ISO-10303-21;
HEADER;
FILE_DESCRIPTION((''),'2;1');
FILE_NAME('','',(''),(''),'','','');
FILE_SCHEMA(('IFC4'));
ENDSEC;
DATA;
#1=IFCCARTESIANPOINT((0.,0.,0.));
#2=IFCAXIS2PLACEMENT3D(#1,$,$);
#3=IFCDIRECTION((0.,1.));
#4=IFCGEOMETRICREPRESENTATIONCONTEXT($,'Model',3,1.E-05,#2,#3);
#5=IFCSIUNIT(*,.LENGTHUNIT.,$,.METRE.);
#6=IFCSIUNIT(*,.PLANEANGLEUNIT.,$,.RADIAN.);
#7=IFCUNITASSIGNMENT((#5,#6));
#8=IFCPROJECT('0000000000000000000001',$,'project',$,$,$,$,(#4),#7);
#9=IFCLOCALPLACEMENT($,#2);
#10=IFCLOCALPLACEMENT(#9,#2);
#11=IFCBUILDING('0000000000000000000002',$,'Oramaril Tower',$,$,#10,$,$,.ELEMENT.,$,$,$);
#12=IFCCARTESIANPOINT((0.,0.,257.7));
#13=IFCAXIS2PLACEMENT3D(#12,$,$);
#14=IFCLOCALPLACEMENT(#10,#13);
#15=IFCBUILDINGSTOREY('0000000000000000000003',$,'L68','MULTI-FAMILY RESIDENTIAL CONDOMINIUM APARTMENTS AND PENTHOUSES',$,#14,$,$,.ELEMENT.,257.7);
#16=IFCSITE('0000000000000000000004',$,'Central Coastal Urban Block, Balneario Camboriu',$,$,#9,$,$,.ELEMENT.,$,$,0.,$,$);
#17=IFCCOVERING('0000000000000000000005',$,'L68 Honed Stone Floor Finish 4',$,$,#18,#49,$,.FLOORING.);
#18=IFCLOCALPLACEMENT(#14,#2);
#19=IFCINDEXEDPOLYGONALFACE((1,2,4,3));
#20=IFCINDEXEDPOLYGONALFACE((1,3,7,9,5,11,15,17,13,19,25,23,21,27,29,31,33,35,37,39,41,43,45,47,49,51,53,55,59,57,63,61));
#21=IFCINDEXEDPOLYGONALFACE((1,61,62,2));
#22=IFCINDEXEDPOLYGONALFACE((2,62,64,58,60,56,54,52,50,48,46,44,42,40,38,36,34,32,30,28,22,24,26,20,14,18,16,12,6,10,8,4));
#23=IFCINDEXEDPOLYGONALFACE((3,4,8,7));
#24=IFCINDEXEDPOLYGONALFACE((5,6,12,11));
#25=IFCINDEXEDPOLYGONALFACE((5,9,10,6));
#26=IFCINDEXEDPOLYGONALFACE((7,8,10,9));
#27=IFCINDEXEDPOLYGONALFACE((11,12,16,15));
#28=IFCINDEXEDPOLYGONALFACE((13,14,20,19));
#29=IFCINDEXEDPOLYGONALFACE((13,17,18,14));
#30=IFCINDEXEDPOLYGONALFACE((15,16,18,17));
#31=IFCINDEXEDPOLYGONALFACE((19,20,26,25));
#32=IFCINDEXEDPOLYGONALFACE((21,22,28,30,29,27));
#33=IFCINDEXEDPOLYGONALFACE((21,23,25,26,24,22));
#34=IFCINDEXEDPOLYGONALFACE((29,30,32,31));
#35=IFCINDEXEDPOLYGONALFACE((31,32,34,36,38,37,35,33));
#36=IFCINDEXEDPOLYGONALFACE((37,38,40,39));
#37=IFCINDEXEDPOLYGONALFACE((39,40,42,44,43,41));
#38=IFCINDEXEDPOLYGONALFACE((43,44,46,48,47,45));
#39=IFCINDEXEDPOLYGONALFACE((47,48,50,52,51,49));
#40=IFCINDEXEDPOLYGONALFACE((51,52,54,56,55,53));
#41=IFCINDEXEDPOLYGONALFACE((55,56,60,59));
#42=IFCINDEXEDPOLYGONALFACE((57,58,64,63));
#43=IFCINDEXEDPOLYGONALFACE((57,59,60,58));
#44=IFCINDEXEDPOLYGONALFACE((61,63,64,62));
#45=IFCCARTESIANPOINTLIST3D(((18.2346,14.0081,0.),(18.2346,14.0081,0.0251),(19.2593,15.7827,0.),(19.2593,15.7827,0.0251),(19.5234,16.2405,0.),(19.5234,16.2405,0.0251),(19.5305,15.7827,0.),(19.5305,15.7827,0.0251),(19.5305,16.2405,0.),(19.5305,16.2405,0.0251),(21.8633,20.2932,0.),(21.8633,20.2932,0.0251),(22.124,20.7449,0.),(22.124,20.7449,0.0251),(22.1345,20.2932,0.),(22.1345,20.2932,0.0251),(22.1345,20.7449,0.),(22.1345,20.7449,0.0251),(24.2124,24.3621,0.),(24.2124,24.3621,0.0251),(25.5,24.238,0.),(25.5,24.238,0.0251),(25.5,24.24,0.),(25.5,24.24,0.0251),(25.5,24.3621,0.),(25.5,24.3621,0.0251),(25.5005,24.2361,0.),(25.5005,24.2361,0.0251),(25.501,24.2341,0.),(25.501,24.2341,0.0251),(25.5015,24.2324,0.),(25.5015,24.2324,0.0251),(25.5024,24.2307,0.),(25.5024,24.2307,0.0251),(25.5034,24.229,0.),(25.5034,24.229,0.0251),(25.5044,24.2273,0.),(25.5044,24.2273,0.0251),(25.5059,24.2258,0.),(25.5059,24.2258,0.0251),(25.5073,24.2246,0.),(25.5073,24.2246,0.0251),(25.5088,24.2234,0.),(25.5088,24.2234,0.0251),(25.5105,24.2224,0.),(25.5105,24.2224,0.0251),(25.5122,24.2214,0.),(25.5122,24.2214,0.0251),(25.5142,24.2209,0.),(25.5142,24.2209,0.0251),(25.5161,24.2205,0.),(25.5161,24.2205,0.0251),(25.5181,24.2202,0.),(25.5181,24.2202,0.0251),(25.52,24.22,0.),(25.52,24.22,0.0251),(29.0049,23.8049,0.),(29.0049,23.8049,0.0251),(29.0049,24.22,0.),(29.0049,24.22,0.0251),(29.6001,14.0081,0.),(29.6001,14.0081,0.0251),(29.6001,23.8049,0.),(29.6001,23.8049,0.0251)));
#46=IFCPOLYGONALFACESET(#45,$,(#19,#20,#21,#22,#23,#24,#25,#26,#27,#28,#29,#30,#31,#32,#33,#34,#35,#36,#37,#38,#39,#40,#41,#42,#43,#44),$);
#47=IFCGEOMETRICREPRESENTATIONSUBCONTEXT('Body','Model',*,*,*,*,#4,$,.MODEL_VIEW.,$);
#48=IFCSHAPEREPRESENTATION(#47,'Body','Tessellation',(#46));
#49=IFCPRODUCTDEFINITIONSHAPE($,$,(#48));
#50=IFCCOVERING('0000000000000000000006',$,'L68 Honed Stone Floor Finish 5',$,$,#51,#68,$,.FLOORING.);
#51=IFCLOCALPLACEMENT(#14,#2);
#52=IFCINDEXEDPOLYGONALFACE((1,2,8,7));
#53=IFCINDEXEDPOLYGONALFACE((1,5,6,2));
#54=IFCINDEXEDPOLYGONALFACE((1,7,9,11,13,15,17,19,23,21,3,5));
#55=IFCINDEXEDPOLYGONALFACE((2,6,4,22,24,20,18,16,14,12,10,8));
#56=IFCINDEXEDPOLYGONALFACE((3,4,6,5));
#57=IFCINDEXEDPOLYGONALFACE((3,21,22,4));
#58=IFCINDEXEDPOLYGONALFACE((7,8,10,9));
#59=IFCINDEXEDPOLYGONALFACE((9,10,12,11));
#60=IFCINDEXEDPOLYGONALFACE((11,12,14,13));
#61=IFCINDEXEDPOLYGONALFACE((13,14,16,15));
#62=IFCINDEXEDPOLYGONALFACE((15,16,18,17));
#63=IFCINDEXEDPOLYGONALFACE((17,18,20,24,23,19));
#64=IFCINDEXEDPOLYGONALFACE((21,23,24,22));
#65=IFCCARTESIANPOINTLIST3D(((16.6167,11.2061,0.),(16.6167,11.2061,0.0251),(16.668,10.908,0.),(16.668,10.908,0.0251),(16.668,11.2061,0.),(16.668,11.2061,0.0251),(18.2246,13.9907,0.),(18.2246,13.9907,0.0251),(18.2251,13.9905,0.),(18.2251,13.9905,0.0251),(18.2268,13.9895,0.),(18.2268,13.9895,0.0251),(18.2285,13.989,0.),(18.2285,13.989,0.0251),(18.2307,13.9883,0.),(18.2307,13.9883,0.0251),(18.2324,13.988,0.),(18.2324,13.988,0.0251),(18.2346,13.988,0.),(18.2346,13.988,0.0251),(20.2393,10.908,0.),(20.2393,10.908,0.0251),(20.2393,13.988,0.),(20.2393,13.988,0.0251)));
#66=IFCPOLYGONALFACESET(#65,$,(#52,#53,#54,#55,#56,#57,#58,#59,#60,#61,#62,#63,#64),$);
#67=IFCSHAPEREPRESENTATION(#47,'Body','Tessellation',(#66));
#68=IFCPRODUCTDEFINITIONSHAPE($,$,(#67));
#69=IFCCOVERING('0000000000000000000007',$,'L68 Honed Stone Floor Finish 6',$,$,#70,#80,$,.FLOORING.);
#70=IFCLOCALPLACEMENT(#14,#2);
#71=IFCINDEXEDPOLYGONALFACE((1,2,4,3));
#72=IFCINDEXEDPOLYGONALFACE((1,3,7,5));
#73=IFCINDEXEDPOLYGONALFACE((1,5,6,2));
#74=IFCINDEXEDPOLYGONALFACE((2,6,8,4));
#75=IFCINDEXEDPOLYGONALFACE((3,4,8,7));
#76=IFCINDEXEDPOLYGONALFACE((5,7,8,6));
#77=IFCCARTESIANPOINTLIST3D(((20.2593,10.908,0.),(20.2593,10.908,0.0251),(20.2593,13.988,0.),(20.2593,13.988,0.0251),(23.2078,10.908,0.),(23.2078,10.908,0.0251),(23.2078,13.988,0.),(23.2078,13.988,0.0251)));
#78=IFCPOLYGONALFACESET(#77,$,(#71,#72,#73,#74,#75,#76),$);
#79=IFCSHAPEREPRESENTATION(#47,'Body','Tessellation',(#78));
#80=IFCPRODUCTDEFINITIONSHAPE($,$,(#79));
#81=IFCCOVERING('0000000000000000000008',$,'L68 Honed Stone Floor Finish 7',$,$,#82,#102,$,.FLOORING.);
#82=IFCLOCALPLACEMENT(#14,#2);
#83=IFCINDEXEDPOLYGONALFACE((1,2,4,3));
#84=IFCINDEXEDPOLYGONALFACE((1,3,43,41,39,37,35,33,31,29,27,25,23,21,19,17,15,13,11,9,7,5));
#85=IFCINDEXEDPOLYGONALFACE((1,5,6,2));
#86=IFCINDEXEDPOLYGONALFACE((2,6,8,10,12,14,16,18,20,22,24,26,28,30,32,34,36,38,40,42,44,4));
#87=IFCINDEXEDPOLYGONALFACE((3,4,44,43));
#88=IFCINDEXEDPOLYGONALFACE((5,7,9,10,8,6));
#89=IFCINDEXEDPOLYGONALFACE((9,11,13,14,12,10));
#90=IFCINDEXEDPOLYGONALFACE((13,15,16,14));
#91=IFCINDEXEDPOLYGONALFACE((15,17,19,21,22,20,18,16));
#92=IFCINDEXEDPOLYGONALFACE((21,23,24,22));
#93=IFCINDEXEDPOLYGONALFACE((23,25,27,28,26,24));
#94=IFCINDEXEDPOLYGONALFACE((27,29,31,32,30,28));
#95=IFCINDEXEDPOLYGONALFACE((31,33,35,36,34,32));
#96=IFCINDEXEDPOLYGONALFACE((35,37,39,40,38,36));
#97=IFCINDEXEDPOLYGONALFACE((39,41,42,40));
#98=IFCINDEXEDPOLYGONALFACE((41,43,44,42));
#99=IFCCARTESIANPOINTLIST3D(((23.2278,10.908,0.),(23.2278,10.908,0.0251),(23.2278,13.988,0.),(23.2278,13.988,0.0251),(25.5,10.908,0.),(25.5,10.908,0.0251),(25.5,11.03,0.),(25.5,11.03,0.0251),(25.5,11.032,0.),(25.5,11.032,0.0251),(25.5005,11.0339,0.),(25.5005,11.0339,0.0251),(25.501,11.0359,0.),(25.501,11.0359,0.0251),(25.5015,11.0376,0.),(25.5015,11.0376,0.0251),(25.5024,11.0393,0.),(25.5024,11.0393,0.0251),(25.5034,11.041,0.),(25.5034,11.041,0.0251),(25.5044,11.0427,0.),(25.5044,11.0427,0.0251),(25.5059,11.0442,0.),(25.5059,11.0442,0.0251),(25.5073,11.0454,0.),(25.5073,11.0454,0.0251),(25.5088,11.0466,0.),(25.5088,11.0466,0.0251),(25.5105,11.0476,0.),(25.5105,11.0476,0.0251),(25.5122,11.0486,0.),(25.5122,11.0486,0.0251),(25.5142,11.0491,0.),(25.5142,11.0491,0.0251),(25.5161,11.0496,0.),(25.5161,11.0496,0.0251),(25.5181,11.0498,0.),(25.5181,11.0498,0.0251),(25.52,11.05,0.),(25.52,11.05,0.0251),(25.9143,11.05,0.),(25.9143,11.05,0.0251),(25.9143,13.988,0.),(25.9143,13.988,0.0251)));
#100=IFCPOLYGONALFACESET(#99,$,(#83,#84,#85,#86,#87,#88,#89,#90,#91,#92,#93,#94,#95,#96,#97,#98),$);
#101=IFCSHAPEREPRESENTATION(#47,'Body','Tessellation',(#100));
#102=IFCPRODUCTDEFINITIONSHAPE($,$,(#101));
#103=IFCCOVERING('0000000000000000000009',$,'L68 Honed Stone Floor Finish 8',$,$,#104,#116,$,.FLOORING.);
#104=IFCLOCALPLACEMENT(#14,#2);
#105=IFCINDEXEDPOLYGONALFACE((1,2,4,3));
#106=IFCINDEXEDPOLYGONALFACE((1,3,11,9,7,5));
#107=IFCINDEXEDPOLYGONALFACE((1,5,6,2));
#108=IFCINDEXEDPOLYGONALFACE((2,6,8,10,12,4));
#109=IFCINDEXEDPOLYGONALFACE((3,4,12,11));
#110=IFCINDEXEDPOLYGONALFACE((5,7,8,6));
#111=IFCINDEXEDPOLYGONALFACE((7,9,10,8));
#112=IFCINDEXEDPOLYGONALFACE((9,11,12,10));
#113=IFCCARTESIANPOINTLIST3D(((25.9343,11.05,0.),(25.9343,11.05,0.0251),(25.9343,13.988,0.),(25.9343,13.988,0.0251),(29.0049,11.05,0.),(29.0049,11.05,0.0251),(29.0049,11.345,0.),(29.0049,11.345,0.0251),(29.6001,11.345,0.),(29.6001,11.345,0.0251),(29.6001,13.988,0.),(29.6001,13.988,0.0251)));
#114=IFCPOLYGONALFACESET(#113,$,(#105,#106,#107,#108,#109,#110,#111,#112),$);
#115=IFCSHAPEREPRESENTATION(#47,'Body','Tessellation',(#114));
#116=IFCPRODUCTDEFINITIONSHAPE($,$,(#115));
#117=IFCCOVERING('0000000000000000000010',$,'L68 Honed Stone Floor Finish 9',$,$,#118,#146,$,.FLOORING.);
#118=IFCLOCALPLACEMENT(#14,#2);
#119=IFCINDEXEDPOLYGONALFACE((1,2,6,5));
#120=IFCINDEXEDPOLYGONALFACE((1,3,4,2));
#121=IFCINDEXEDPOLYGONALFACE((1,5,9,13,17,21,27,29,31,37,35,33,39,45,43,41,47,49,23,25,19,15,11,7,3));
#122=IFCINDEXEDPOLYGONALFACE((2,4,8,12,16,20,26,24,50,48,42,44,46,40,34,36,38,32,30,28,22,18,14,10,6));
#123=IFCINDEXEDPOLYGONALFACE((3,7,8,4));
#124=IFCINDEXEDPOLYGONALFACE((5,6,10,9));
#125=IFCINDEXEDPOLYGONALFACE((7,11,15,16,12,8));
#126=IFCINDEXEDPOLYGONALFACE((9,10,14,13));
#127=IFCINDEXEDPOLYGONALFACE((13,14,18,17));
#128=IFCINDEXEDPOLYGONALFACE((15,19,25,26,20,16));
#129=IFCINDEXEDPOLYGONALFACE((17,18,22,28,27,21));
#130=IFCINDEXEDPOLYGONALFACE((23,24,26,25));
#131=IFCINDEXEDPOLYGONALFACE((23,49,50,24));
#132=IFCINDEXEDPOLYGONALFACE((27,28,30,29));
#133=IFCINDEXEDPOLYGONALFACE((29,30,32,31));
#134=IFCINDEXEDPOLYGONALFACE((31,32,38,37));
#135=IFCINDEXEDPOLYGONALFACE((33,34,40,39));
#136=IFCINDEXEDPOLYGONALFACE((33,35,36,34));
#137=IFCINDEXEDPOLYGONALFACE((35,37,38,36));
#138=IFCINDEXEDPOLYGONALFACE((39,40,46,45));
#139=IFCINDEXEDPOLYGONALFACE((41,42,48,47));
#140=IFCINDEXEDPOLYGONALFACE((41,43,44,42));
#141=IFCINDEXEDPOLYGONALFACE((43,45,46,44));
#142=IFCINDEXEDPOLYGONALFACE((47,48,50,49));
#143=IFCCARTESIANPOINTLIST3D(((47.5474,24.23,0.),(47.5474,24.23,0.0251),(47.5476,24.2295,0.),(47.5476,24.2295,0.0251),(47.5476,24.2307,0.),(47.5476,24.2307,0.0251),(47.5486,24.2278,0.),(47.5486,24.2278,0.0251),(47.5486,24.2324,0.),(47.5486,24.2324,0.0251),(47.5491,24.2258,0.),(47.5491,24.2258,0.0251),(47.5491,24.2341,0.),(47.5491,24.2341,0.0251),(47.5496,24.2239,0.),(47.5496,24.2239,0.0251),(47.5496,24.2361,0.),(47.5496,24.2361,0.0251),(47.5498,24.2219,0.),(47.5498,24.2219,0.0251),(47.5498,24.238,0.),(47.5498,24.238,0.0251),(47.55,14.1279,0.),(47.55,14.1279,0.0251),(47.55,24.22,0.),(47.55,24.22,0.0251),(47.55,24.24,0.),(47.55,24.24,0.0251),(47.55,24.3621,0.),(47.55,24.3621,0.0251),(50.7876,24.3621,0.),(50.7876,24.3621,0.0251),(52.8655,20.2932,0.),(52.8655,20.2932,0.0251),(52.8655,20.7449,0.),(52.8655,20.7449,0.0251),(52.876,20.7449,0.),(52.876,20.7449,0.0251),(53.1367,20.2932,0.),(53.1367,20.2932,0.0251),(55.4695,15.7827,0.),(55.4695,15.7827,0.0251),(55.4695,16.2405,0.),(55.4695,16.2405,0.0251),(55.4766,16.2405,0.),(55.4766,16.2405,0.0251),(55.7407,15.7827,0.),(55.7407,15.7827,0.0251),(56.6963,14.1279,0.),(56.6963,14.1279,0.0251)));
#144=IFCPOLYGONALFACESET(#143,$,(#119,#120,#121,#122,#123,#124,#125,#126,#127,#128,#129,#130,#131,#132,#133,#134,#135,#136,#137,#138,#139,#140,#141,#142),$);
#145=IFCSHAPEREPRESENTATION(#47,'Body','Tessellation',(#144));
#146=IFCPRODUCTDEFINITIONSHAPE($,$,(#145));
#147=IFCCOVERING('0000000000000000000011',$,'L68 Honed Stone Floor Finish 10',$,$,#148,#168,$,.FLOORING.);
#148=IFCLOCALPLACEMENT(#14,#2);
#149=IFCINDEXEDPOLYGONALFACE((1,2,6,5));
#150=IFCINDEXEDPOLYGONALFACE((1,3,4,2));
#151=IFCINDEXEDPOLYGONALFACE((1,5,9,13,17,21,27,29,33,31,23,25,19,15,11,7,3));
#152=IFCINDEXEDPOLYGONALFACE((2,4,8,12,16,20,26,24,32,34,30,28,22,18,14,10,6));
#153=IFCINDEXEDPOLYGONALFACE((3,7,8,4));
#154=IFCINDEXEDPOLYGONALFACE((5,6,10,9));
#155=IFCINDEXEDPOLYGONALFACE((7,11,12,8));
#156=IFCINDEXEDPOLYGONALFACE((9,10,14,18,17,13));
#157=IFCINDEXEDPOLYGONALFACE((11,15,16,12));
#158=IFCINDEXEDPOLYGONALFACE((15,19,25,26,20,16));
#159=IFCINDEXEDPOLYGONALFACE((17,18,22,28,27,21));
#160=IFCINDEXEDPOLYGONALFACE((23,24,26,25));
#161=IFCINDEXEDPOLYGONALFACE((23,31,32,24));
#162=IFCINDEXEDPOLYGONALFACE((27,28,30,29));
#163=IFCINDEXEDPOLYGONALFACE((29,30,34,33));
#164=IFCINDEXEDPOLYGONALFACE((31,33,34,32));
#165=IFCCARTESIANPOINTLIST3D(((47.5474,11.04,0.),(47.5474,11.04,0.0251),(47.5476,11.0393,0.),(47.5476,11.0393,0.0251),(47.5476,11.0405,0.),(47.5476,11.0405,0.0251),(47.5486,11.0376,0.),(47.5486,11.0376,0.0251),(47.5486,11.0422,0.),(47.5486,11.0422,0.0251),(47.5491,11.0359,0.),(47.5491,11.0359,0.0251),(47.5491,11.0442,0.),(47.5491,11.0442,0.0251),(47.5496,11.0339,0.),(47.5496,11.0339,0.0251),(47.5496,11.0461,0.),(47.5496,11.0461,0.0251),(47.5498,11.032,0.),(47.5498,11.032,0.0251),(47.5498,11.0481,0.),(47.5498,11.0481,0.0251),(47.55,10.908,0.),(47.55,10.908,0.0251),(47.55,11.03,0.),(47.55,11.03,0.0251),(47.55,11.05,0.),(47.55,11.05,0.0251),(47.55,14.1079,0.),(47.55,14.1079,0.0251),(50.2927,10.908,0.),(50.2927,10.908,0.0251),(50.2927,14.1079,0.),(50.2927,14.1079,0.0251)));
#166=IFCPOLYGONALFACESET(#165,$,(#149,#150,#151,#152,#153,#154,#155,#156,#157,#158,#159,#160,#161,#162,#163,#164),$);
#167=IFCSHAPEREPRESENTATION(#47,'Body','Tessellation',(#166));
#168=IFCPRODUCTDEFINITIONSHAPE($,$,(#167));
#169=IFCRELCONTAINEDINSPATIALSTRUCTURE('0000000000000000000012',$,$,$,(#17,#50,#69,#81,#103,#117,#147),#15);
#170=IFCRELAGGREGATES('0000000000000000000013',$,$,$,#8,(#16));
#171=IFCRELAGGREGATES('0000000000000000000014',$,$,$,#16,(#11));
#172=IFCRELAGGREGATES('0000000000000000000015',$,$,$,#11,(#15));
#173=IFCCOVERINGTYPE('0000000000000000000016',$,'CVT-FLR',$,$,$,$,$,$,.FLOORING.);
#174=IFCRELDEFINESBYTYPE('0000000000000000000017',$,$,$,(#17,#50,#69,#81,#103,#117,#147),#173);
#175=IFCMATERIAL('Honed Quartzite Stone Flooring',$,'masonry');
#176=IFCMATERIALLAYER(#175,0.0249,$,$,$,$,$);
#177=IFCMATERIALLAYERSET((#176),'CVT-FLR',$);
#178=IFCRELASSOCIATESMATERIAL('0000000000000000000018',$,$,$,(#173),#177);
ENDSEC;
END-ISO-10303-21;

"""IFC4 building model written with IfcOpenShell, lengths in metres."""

from ifc_helpers import new_model, si_unit, direction, frame, origin, place, context, subcontext, project, spatial, polyline, outline, extrude, material, layer, layer_set, type_object, element, save


model = new_model("IFC4")

# Units and contexts
model_context = context("Model", 3, precision=1e-05, world=origin(), true_north=direction((0.0, 1.0)))
body_context = subcontext(model_context, "Body", "Model", "MODEL_VIEW")
ifc_project = project(units=[si_unit("LENGTHUNIT", "METRE"), si_unit("PLANEANGLEUNIT", "RADIAN")], contexts=[model_context])

# Site, building, storey
site_placement = place(None, origin())
site = spatial("IfcSite", under=ifc_project, at=site_placement, Name="Central Coastal Urban Block, Balneario Camboriu", CompositionType="ELEMENT", RefElevation=0.0)
building_placement = place(site_placement, origin())
building = spatial("IfcBuilding", under=site, at=building_placement, Name="Oramaril Tower", CompositionType="ELEMENT")
storey_placement = place(building_placement, frame((0.0, 0.0, 257.7)))
storey = spatial("IfcBuildingStorey", under=building, at=storey_placement, Name="L68", Description="MULTI-FAMILY RESIDENTIAL CONDOMINIUM APARTMENTS AND PENTHOUSES", CompositionType="ELEMENT", Elevation=257.7)

# Coverings
ifc_material_1 = material(Name="Honed Quartzite Stone Flooring", Category="masonry")
ifc_layer_1 = layer(ifc_material_1, 0.0249)
ifc_layer_set_1 = layer_set([ifc_layer_1], Name="CVT-FLR")
covering_type_1 = type_object("IfcCoveringType", Name="CVT-FLR", PredefinedType="FLOORING", material=ifc_layer_set_1)
covering_1_placement = place(storey_placement, origin())
element("IfcCovering", 1, at=covering_1_placement, inside=storey, type_object=covering_type_1, Name="L68 Honed Stone Floor Finish 4", PredefinedType="FLOORING", context=body_context, shape_type="SweptSolid", body=[
    extrude(outline(polyline([(19.2593, 15.7827), (19.5305, 15.7827), (19.5305, 16.2405), (19.5234, 16.2405), (21.8633, 20.2932), (22.1345, 20.2932), (22.1345, 20.7449), (22.124, 20.7449), (24.2124, 24.3621), (25.5, 24.3621), (25.5, 24.24), (25.5, 24.238), (25.5005, 24.2361), (25.501, 24.2341), (25.5015, 24.2324), (25.5024, 24.2307), (25.5034, 24.229), (25.5044, 24.2273), (25.5059, 24.2258), (25.5073, 24.2246), (25.5088, 24.2234), (25.5105, 24.2224), (25.5122, 24.2214), (25.5142, 24.2209), (25.5161, 24.2205), (25.5181, 24.2202), (25.52, 24.22), (29.0049, 24.22), (29.0049, 23.8049), (29.6001, 23.8049), (29.6001, 14.0081), (18.2346, 14.0081), (19.2593, 15.7827)])), origin(), (0.0, 0.0, 1.0), 0.0251),
])
covering_2_placement = place(storey_placement, origin())
element("IfcCovering", 2, at=covering_2_placement, inside=storey, type_object=covering_type_1, Name="L68 Honed Stone Floor Finish 5", PredefinedType="FLOORING", context=body_context, shape_type="SweptSolid", body=[
    extrude(outline(polyline([(20.2393, 10.908), (16.668, 10.908), (16.668, 11.2061), (16.6167, 11.2061), (18.2246, 13.9907), (18.2251, 13.9905), (18.2268, 13.9895), (18.2285, 13.989), (18.2307, 13.9883), (18.2324, 13.988), (18.2346, 13.988), (20.2393, 13.988), (20.2393, 10.908)])), origin(), (0.0, 0.0, 1.0), 0.0251),
])
covering_3_placement = place(storey_placement, origin())
element("IfcCovering", 3, at=covering_3_placement, inside=storey, type_object=covering_type_1, Name="L68 Honed Stone Floor Finish 6", PredefinedType="FLOORING", context=body_context, shape_type="SweptSolid", body=[
    extrude(outline(polyline([(23.2078, 10.908), (20.2593, 10.908), (20.2593, 13.988), (23.2078, 13.988), (23.2078, 10.908)])), origin(), (0.0, 0.0, 1.0), 0.0251),
])
covering_4_placement = place(storey_placement, origin())
element("IfcCovering", 4, at=covering_4_placement, inside=storey, type_object=covering_type_1, Name="L68 Honed Stone Floor Finish 7", PredefinedType="FLOORING", context=body_context, shape_type="SweptSolid", body=[
    extrude(outline(polyline([(25.9143, 11.05), (25.52, 11.05), (25.5181, 11.0498), (25.5161, 11.0496), (25.5142, 11.0491), (25.5122, 11.0486), (25.5105, 11.0476), (25.5088, 11.0466), (25.5073, 11.0454), (25.5059, 11.0442), (25.5044, 11.0427), (25.5034, 11.041), (25.5024, 11.0393), (25.5015, 11.0376), (25.501, 11.0359), (25.5005, 11.0339), (25.5, 11.032), (25.5, 11.03), (25.5, 10.908), (23.2278, 10.908), (23.2278, 13.988), (25.9143, 13.988), (25.9143, 11.05)])), origin(), (0.0, 0.0, 1.0), 0.0251),
])
covering_5_placement = place(storey_placement, origin())
element("IfcCovering", 5, at=covering_5_placement, inside=storey, type_object=covering_type_1, Name="L68 Honed Stone Floor Finish 8", PredefinedType="FLOORING", context=body_context, shape_type="SweptSolid", body=[
    extrude(outline(polyline([(29.6001, 11.345), (29.0049, 11.345), (29.0049, 11.05), (25.9343, 11.05), (25.9343, 13.988), (29.6001, 13.988), (29.6001, 11.345)])), origin(), (0.0, 0.0, 1.0), 0.0251),
])
covering_6_placement = place(storey_placement, origin())
element("IfcCovering", 6, at=covering_6_placement, inside=storey, type_object=covering_type_1, Name="L68 Honed Stone Floor Finish 9", PredefinedType="FLOORING", context=body_context, shape_type="SweptSolid", body=[
    extrude(outline(polyline([(52.876, 20.7449), (52.8655, 20.7449), (52.8655, 20.2932), (53.1367, 20.2932), (55.4766, 16.2405), (55.4695, 16.2405), (55.4695, 15.7827), (55.7407, 15.7827), (56.6963, 14.1279), (47.55, 14.1279), (47.55, 24.22), (47.5498, 24.2219), (47.5496, 24.2239), (47.5491, 24.2258), (47.5486, 24.2278), (47.5476, 24.2295), (47.5474, 24.23), (47.5476, 24.2307), (47.5486, 24.2324), (47.5491, 24.2341), (47.5496, 24.2361), (47.5498, 24.238), (47.55, 24.24), (47.55, 24.3621), (50.7876, 24.3621), (52.876, 20.7449)])), origin(), (0.0, 0.0, 1.0), 0.0251),
])
covering_7_placement = place(storey_placement, origin())
element("IfcCovering", 7, at=covering_7_placement, inside=storey, type_object=covering_type_1, Name="L68 Honed Stone Floor Finish 10", PredefinedType="FLOORING", context=body_context, shape_type="SweptSolid", body=[
    extrude(outline(polyline([(50.2927, 10.908), (47.55, 10.908), (47.55, 11.03), (47.5498, 11.032), (47.5496, 11.0339), (47.5491, 11.0359), (47.5486, 11.0376), (47.5476, 11.0393), (47.5474, 11.04), (47.5476, 11.0405), (47.5486, 11.0422), (47.5491, 11.0442), (47.5496, 11.0461), (47.5498, 11.0481), (47.55, 11.05), (47.55, 14.1079), (50.2927, 14.1079), (50.2927, 10.908)])), origin(), (0.0, 0.0, 1.0), 0.0251),
])

save(model, "model.ifc")
